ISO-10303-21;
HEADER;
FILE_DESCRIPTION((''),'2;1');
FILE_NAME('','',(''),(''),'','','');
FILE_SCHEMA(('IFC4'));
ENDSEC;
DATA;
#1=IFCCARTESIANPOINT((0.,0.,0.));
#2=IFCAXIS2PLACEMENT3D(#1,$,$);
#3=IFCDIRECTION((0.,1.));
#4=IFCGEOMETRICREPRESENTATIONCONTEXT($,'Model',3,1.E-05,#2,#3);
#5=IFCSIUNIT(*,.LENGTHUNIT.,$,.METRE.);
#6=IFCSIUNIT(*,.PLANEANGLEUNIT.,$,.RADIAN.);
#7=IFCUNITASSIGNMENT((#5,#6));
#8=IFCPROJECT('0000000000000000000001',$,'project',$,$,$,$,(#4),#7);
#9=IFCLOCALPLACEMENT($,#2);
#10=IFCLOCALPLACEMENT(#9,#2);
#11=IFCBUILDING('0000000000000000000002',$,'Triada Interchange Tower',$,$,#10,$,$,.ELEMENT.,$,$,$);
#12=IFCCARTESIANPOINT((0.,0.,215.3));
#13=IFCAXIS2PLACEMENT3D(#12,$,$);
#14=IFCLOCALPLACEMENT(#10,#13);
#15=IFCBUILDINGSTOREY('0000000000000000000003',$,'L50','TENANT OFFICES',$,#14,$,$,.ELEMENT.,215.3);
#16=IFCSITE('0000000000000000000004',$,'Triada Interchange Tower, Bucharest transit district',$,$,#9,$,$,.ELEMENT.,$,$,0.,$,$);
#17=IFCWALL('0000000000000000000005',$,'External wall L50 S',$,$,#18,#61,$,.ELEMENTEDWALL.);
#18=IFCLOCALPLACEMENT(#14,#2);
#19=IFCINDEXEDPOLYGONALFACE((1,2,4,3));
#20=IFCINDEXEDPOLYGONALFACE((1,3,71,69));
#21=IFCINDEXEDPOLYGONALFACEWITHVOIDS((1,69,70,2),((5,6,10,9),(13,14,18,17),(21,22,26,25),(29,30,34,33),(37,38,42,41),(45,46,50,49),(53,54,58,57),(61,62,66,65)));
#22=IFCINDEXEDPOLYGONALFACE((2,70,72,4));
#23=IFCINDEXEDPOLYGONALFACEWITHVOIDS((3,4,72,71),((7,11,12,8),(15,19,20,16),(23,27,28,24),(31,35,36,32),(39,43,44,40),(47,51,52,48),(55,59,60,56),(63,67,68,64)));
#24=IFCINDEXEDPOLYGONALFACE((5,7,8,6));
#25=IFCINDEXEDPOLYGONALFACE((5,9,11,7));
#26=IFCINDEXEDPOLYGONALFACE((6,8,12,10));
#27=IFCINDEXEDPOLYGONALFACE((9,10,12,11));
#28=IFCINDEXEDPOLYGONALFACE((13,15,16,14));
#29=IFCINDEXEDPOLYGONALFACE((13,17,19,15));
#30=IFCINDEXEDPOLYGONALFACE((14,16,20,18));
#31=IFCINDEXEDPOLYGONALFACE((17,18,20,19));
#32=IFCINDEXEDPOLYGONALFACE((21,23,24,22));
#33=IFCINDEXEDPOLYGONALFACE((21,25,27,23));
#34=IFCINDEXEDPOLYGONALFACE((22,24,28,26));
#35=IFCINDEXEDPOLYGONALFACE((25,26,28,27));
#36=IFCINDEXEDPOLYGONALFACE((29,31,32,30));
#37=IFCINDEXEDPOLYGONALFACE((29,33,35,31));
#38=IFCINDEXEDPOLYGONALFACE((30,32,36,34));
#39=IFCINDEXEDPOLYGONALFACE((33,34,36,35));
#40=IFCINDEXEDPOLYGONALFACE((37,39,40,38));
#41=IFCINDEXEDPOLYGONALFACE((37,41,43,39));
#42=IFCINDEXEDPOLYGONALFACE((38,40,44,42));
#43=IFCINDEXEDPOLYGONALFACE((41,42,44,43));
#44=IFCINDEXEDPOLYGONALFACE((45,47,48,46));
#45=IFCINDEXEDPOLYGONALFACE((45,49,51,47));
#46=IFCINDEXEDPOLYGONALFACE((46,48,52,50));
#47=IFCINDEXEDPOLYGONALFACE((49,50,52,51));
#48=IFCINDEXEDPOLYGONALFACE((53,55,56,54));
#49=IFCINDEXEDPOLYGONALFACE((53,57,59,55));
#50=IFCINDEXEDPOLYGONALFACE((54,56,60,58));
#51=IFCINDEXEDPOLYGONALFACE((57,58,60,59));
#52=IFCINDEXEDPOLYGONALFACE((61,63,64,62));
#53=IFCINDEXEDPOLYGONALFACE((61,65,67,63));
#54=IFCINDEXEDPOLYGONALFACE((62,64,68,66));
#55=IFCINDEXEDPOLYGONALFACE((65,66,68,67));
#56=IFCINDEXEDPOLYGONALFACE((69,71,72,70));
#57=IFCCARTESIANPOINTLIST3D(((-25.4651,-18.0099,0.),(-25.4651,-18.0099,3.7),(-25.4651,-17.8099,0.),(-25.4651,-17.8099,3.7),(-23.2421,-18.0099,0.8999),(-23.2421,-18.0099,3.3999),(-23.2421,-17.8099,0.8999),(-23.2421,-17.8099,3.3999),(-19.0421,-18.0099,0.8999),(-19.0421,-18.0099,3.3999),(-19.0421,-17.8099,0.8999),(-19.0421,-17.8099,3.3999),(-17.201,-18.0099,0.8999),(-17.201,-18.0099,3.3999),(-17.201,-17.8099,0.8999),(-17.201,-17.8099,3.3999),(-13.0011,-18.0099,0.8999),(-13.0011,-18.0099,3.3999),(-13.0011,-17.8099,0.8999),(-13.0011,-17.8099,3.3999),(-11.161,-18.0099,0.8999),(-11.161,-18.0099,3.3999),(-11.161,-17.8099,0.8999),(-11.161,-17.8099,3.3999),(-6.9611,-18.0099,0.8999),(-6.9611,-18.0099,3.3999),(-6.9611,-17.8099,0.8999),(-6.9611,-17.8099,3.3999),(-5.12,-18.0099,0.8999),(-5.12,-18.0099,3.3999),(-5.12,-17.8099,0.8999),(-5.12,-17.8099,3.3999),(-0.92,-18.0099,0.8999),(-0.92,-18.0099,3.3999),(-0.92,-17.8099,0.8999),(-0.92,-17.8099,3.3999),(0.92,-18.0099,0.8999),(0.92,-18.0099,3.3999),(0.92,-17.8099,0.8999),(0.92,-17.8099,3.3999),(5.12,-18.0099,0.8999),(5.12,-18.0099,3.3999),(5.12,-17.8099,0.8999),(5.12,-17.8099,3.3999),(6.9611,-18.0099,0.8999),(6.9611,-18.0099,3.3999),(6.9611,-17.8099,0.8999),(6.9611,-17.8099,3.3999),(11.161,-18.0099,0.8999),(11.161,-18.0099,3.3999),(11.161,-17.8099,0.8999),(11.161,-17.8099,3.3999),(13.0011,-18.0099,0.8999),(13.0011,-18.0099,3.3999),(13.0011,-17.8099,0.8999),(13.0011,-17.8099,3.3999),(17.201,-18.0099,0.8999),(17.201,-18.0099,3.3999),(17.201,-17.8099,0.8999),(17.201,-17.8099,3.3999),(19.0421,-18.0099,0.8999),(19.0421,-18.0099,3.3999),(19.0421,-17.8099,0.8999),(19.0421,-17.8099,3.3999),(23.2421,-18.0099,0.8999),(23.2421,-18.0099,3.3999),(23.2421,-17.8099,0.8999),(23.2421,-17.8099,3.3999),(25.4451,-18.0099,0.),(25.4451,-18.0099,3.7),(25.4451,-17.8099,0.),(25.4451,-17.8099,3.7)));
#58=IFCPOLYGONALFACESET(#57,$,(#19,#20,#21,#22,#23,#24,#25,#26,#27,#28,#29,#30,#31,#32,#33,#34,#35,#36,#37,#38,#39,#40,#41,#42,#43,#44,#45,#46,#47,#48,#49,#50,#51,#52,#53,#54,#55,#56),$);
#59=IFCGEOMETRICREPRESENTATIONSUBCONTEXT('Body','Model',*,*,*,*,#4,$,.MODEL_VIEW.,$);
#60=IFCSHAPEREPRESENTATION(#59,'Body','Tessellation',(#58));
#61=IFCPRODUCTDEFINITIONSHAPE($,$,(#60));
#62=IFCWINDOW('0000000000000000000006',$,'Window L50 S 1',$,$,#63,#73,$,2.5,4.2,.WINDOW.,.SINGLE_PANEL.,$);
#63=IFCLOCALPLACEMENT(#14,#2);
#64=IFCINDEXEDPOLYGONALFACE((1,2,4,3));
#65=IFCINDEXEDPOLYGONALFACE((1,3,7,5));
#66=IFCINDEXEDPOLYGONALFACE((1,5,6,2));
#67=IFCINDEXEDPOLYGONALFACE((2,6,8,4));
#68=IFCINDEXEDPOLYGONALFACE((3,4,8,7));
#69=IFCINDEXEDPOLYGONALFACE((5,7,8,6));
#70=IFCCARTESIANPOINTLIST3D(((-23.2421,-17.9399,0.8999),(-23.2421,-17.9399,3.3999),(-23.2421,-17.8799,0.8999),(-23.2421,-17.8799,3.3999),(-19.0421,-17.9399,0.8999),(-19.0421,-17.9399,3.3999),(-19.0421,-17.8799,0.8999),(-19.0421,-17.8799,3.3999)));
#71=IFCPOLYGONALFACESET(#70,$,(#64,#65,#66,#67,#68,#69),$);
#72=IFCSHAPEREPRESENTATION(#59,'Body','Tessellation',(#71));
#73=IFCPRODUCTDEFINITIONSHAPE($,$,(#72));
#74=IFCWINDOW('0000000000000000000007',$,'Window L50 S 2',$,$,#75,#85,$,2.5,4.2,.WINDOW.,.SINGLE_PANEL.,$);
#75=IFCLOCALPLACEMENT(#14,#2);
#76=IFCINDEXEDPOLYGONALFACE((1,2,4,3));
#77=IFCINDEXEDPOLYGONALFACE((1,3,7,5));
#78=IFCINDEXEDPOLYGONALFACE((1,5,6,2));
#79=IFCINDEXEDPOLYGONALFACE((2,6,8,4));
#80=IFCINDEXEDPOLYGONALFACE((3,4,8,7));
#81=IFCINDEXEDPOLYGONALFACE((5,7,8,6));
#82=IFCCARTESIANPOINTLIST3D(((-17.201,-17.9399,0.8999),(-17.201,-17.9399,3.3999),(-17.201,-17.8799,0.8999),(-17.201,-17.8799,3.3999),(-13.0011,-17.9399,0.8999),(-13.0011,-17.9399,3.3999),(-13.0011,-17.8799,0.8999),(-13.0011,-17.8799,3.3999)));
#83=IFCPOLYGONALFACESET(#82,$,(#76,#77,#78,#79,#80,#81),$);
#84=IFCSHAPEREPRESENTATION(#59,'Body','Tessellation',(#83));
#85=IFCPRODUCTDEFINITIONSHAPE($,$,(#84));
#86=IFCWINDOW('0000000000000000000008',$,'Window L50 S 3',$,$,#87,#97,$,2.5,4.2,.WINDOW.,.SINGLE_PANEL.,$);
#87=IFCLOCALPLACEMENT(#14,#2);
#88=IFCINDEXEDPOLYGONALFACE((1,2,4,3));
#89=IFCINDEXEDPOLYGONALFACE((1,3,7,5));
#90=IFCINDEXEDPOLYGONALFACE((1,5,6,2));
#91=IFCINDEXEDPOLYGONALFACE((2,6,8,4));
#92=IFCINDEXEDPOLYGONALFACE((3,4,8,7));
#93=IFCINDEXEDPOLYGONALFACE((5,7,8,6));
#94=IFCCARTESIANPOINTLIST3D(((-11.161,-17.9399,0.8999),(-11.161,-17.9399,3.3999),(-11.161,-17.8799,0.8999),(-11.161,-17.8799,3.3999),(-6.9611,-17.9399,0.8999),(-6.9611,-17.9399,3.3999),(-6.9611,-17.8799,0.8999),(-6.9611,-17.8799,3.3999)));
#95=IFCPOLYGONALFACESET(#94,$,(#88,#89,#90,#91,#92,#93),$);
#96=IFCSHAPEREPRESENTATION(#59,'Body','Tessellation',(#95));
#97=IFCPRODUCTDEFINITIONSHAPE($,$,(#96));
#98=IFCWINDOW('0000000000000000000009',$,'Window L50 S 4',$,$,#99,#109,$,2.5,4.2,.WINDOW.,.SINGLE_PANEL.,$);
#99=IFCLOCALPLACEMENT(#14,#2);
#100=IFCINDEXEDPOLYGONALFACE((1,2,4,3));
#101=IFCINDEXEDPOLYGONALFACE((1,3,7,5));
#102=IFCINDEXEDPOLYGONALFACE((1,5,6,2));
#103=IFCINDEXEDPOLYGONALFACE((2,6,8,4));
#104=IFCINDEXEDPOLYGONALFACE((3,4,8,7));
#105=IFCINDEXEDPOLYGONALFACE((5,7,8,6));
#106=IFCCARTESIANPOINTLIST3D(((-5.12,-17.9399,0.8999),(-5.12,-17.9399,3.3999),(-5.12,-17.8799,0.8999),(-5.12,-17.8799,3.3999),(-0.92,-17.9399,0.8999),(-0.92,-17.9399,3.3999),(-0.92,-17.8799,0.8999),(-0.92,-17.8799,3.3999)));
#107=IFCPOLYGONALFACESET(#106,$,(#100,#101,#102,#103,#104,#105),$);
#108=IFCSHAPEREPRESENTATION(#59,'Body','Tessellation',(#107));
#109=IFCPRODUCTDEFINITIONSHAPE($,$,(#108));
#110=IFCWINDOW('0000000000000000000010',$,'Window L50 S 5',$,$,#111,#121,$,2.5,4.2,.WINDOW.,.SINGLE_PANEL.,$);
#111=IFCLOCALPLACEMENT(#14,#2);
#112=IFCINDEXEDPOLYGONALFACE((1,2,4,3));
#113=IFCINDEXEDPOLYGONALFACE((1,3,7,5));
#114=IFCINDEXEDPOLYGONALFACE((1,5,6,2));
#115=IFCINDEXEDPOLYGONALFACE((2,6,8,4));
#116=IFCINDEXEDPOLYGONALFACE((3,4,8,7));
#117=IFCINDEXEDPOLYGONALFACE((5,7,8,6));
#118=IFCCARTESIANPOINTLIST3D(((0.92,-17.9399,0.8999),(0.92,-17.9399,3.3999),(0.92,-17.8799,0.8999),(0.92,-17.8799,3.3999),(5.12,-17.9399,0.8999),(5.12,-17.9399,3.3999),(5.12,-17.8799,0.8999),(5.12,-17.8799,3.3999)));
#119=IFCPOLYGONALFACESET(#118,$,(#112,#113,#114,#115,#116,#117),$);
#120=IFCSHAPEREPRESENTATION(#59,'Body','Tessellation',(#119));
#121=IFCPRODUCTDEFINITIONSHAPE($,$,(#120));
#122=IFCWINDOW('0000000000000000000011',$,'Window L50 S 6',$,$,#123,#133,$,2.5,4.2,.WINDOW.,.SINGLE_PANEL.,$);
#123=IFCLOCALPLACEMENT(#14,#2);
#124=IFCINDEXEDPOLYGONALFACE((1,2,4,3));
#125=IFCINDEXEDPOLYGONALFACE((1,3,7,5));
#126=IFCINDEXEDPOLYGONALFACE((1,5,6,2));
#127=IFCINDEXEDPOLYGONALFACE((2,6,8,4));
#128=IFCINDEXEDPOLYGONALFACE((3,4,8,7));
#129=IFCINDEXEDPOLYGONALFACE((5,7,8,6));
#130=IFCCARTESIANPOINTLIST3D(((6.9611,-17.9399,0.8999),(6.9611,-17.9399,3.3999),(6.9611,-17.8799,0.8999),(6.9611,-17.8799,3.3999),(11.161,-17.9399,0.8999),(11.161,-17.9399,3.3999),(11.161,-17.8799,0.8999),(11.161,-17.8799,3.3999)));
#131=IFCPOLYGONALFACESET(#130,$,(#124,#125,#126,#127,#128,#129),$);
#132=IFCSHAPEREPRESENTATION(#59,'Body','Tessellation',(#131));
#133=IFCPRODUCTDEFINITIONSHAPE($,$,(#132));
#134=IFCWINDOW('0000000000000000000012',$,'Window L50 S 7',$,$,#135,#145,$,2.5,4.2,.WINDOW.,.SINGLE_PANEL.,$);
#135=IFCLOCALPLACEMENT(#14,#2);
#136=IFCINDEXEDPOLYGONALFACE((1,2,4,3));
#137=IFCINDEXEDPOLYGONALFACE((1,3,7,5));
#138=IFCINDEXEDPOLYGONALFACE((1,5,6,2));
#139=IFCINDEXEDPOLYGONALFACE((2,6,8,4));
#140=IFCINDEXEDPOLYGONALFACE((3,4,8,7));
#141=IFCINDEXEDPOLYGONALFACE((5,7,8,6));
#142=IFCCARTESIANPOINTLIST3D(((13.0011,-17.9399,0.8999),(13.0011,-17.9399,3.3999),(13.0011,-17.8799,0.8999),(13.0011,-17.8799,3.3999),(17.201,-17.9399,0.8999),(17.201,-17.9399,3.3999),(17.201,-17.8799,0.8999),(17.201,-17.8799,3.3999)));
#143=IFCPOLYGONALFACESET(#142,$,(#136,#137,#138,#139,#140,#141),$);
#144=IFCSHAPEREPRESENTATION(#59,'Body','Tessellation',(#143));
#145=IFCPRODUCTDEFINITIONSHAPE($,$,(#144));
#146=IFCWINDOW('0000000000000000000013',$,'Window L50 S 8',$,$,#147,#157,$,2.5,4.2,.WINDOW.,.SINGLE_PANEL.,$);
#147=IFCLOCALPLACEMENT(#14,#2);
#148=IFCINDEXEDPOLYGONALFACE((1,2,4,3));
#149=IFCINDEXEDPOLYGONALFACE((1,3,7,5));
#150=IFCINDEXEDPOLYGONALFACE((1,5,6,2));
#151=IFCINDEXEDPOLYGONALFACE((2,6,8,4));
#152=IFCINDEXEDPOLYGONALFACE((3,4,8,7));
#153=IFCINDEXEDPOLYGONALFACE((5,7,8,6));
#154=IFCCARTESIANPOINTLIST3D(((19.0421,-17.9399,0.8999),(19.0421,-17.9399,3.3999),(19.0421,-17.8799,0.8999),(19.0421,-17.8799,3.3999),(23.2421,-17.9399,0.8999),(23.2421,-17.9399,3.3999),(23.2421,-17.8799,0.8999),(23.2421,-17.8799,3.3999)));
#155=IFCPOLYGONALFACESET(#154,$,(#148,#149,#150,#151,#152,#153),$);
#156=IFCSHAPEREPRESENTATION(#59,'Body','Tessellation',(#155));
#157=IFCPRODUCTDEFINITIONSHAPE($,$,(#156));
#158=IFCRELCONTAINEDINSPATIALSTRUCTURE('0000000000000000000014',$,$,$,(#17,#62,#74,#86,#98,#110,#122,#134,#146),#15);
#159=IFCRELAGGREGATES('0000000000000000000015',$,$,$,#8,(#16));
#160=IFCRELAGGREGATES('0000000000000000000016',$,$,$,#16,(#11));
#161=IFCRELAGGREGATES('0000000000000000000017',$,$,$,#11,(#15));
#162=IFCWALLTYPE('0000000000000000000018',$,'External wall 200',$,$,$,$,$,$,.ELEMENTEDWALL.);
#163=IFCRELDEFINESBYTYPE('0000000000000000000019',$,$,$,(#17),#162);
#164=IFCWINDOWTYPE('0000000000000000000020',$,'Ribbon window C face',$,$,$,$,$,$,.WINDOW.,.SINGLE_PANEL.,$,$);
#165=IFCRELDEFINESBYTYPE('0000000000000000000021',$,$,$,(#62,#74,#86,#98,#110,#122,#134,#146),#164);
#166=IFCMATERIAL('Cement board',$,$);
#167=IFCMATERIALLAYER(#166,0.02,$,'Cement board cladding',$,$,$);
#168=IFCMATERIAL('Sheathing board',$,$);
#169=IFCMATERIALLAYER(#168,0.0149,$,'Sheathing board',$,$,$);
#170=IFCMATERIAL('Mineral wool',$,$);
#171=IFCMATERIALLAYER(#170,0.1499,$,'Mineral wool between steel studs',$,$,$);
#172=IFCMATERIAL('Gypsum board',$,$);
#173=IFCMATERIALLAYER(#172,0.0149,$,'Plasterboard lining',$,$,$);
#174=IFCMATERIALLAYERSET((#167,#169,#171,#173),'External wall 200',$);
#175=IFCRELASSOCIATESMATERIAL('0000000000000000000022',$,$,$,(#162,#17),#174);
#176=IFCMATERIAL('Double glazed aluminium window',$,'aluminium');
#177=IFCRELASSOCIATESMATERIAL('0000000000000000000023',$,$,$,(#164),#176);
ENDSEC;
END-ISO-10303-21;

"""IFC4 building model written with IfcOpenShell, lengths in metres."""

from ifc_helpers import new_model, si_unit, direction, frame, frame_2d, origin, place, context, subcontext, project, spatial, rectangle, extrude, material, layer, layer_set, layer_usage, type_object, element, fill, save


model = new_model("IFC4")

# Units and contexts
model_context = context("Model", 3, precision=1e-05, world=origin(), true_north=direction((0.0, 1.0)))
body_context = subcontext(model_context, "Body", "Model", "MODEL_VIEW")
ifc_project = project(units=[si_unit("LENGTHUNIT", "METRE"), si_unit("PLANEANGLEUNIT", "RADIAN")], contexts=[model_context])

# Site, building, storey
site_placement = place(None, origin())
site = spatial("IfcSite", under=ifc_project, at=site_placement, Name="Triada Interchange Tower, Bucharest transit district", CompositionType="ELEMENT", RefElevation=0.0)
building_placement = place(site_placement, origin())
building = spatial("IfcBuilding", under=site, at=building_placement, Name="Triada Interchange Tower", CompositionType="ELEMENT")
storey_placement = place(building_placement, frame((0.0, 0.0, 215.3)))
storey = spatial("IfcBuildingStorey", under=building, at=storey_placement, Name="L50", Description="TENANT OFFICES", CompositionType="ELEMENT", Elevation=215.3)

# Shared definitions
ifc_material_1 = material(Name="Cement board")
ifc_layer_1 = layer(ifc_material_1, 0.02, Name="Cement board cladding")
ifc_material_2 = material(Name="Sheathing board")
ifc_layer_2 = layer(ifc_material_2, 0.0149, Name="Sheathing board")
ifc_material_3 = material(Name="Mineral wool")
ifc_layer_3 = layer(ifc_material_3, 0.1499, Name="Mineral wool between steel studs")
ifc_material_4 = material(Name="Gypsum board")
ifc_layer_4 = layer(ifc_material_4, 0.0149, Name="Plasterboard lining")
ifc_layer_set_1 = layer_set([ifc_layer_1, ifc_layer_2, ifc_layer_3, ifc_layer_4], Name="External wall 200")
ifc_layer_usage = layer_usage(ifc_layer_set_1, "AXIS2", "POSITIVE", -0.1001)
wall_type_1 = type_object("IfcWallType", Name="External wall 200", PredefinedType="ELEMENTEDWALL", material=ifc_layer_set_1)
ifc_material_5 = material(Name="Double glazed aluminium window", Category="aluminium")

# Wall, openings, windows
wall_1_placement = place(storey_placement, frame((-25.4651, -17.9099, 0.0), z_axis=(0.0, 0.0, 1.0), x_axis=(1.0, 0.0, 0.0)))
wall_1 = element("IfcWall", 1, at=wall_1_placement, inside=storey, type_object=wall_type_1, material=ifc_layer_usage, Name="External wall L50 S", PredefinedType="ELEMENTEDWALL", context=body_context, shape_type="SweptSolid", body=[
    extrude(rectangle(XDim=50.9102, YDim=0.2, at=frame_2d((25.4551, 0.0))), origin(), (0.0, 0.0, 1.0), 3.7),
])
opening_1_placement = place(wall_1_placement, frame((2.2229, 0.0, 0.8999)))
opening_1 = element("IfcOpeningElement", 2, at=opening_1_placement, cuts=wall_1, PredefinedType="OPENING", context=body_context, shape_type="SweptSolid", body=[
    extrude(rectangle(XDim=4.2, YDim=2.5, at=frame_2d((2.1001, 1.25))), frame((0.0, 0.1099, 0.0), z_axis=(0.0, -1.0, 0.0), x_axis=(1.0, 0.0, 0.0)), (0.0, 0.0, 1.0), 0.22),
])
opening_2_placement = place(wall_1_placement, frame((8.2639, 0.0, 0.8999)))
opening_2 = element("IfcOpeningElement", 3, at=opening_2_placement, cuts=wall_1, PredefinedType="OPENING", context=body_context, shape_type="SweptSolid", body=[
    extrude(rectangle(XDim=4.2, YDim=2.5, at=frame_2d((2.1001, 1.25))), frame((0.0, 0.1099, 0.0), z_axis=(0.0, -1.0, 0.0), x_axis=(1.0, 0.0, 0.0)), (0.0, 0.0, 1.0), 0.22),
])
opening_3_placement = place(wall_1_placement, frame((14.304, 0.0, 0.8999)))
opening_3 = element("IfcOpeningElement", 4, at=opening_3_placement, cuts=wall_1, PredefinedType="OPENING", context=body_context, shape_type="SweptSolid", body=[
    extrude(rectangle(XDim=4.2, YDim=2.5, at=frame_2d((2.1001, 1.25))), frame((0.0, 0.1099, 0.0), z_axis=(0.0, -1.0, 0.0), x_axis=(1.0, 0.0, 0.0)), (0.0, 0.0, 1.0), 0.22),
])
opening_4_placement = place(wall_1_placement, frame((20.345, 0.0, 0.8999)))
opening_4 = element("IfcOpeningElement", 5, at=opening_4_placement, cuts=wall_1, PredefinedType="OPENING", context=body_context, shape_type="SweptSolid", body=[
    extrude(rectangle(XDim=4.2, YDim=2.5, at=frame_2d((2.1001, 1.25))), frame((0.0, 0.1099, 0.0), z_axis=(0.0, -1.0, 0.0), x_axis=(1.0, 0.0, 0.0)), (0.0, 0.0, 1.0), 0.22),
])
opening_5_placement = place(wall_1_placement, frame((26.385, 0.0, 0.8999)))
opening_5 = element("IfcOpeningElement", 6, at=opening_5_placement, cuts=wall_1, PredefinedType="OPENING", context=body_context, shape_type="SweptSolid", body=[
    extrude(rectangle(XDim=4.2, YDim=2.5, at=frame_2d((2.1001, 1.25))), frame((0.0, 0.1099, 0.0), z_axis=(0.0, -1.0, 0.0), x_axis=(1.0, 0.0, 0.0)), (0.0, 0.0, 1.0), 0.22),
])
opening_6_placement = place(wall_1_placement, frame((32.426, 0.0, 0.8999)))
opening_6 = element("IfcOpeningElement", 7, at=opening_6_placement, cuts=wall_1, PredefinedType="OPENING", context=body_context, shape_type="SweptSolid", body=[
    extrude(rectangle(XDim=4.2, YDim=2.5, at=frame_2d((2.1001, 1.25))), frame((0.0, 0.1099, 0.0), z_axis=(0.0, -1.0, 0.0), x_axis=(1.0, 0.0, 0.0)), (0.0, 0.0, 1.0), 0.22),
])
opening_7_placement = place(wall_1_placement, frame((38.4661, 0.0, 0.8999)))
opening_7 = element("IfcOpeningElement", 8, at=opening_7_placement, cuts=wall_1, PredefinedType="OPENING", context=body_context, shape_type="SweptSolid", body=[
    extrude(rectangle(XDim=4.2, YDim=2.5, at=frame_2d((2.1001, 1.25))), frame((0.0, 0.1099, 0.0), z_axis=(0.0, -1.0, 0.0), x_axis=(1.0, 0.0, 0.0)), (0.0, 0.0, 1.0), 0.22),
])
opening_8_placement = place(wall_1_placement, frame((44.5071, 0.0, 0.8999)))
opening_8 = element("IfcOpeningElement", 9, at=opening_8_placement, cuts=wall_1, PredefinedType="OPENING", context=body_context, shape_type="SweptSolid", body=[
    extrude(rectangle(XDim=4.2, YDim=2.5, at=frame_2d((2.1001, 1.25))), frame((0.0, 0.1099, 0.0), z_axis=(0.0, -1.0, 0.0), x_axis=(1.0, 0.0, 0.0)), (0.0, 0.0, 1.0), 0.22),
])
window_type_1 = type_object("IfcWindowType", Name="Ribbon window C face", PartitioningType="SINGLE_PANEL", PredefinedType="WINDOW", material=ifc_material_5)
window_1_placement = place(opening_1_placement, origin())
window_1 = element("IfcWindow", 10, at=window_1_placement, inside=storey, type_object=window_type_1, Name="Window L50 S 1", OverallHeight=2.5, OverallWidth=4.2, PartitioningType="SINGLE_PANEL", PredefinedType="WINDOW", context=body_context, shape_type="SweptSolid", body=[
    extrude(rectangle(XDim=4.2, YDim=2.5, at=frame_2d((2.1001, 1.25))), frame((0.0, 0.03, 0.0), z_axis=(0.0, -1.0, 0.0), x_axis=(1.0, 0.0, 0.0)), (0.0, 0.0, 1.0), 0.0601),
])
fill(opening_1, window_1)
window_2_placement = place(opening_2_placement, origin())
window_2 = element("IfcWindow", 11, at=window_2_placement, inside=storey, type_object=window_type_1, Name="Window L50 S 2", OverallHeight=2.5, OverallWidth=4.2, PartitioningType="SINGLE_PANEL", PredefinedType="WINDOW", context=body_context, shape_type="SweptSolid", body=[
    extrude(rectangle(XDim=4.2, YDim=2.5, at=frame_2d((2.1001, 1.25))), frame((0.0, 0.03, 0.0), z_axis=(0.0, -1.0, 0.0), x_axis=(1.0, 0.0, 0.0)), (0.0, 0.0, 1.0), 0.0601),
])
fill(opening_2, window_2)
window_3_placement = place(opening_3_placement, origin())
window_3 = element("IfcWindow", 12, at=window_3_placement, inside=storey, type_object=window_type_1, Name="Window L50 S 3", OverallHeight=2.5, OverallWidth=4.2, PartitioningType="SINGLE_PANEL", PredefinedType="WINDOW", context=body_context, shape_type="SweptSolid", body=[
    extrude(rectangle(XDim=4.2, YDim=2.5, at=frame_2d((2.1001, 1.25))), frame((0.0, 0.03, 0.0), z_axis=(0.0, -1.0, 0.0), x_axis=(1.0, 0.0, 0.0)), (0.0, 0.0, 1.0), 0.0601),
])
fill(opening_3, window_3)
window_4_placement = place(opening_4_placement, origin())
window_4 = element("IfcWindow", 13, at=window_4_placement, inside=storey, type_object=window_type_1, Name="Window L50 S 4", OverallHeight=2.5, OverallWidth=4.2, PartitioningType="SINGLE_PANEL", PredefinedType="WINDOW", context=body_context, shape_type="SweptSolid", body=[
    extrude(rectangle(XDim=4.2, YDim=2.5, at=frame_2d((2.1001, 1.25))), frame((0.0, 0.03, 0.0), z_axis=(0.0, -1.0, 0.0), x_axis=(1.0, 0.0, 0.0)), (0.0, 0.0, 1.0), 0.0601),
])
fill(opening_4, window_4)
window_5_placement = place(opening_5_placement, origin())
window_5 = element("IfcWindow", 14, at=window_5_placement, inside=storey, type_object=window_type_1, Name="Window L50 S 5", OverallHeight=2.5, OverallWidth=4.2, PartitioningType="SINGLE_PANEL", PredefinedType="WINDOW", context=body_context, shape_type="SweptSolid", body=[
    extrude(rectangle(XDim=4.2, YDim=2.5, at=frame_2d((2.1001, 1.25))), frame((0.0, 0.03, 0.0), z_axis=(0.0, -1.0, 0.0), x_axis=(1.0, 0.0, 0.0)), (0.0, 0.0, 1.0), 0.0601),
])
fill(opening_5, window_5)
window_6_placement = place(opening_6_placement, origin())
window_6 = element("IfcWindow", 15, at=window_6_placement, inside=storey, type_object=window_type_1, Name="Window L50 S 6", OverallHeight=2.5, OverallWidth=4.2, PartitioningType="SINGLE_PANEL", PredefinedType="WINDOW", context=body_context, shape_type="SweptSolid", body=[
    extrude(rectangle(XDim=4.2, YDim=2.5, at=frame_2d((2.1001, 1.25))), frame((0.0, 0.03, 0.0), z_axis=(0.0, -1.0, 0.0), x_axis=(1.0, 0.0, 0.0)), (0.0, 0.0, 1.0), 0.0601),
])
fill(opening_6, window_6)
window_7_placement = place(opening_7_placement, origin())
window_7 = element("IfcWindow", 16, at=window_7_placement, inside=storey, type_object=window_type_1, Name="Window L50 S 7", OverallHeight=2.5, OverallWidth=4.2, PartitioningType="SINGLE_PANEL", PredefinedType="WINDOW", context=body_context, shape_type="SweptSolid", body=[
    extrude(rectangle(XDim=4.2, YDim=2.5, at=frame_2d((2.1001, 1.25))), frame((0.0, 0.03, 0.0), z_axis=(0.0, -1.0, 0.0), x_axis=(1.0, 0.0, 0.0)), (0.0, 0.0, 1.0), 0.0601),
])
fill(opening_7, window_7)
window_8_placement = place(opening_8_placement, origin())
window_8 = element("IfcWindow", 17, at=window_8_placement, inside=storey, type_object=window_type_1, Name="Window L50 S 8", OverallHeight=2.5, OverallWidth=4.2, PartitioningType="SINGLE_PANEL", PredefinedType="WINDOW", context=body_context, shape_type="SweptSolid", body=[
    extrude(rectangle(XDim=4.2, YDim=2.5, at=frame_2d((2.1001, 1.25))), frame((0.0, 0.03, 0.0), z_axis=(0.0, -1.0, 0.0), x_axis=(1.0, 0.0, 0.0)), (0.0, 0.0, 1.0), 0.0601),
])
fill(opening_8, window_8)

save(model, "model.ifc")
